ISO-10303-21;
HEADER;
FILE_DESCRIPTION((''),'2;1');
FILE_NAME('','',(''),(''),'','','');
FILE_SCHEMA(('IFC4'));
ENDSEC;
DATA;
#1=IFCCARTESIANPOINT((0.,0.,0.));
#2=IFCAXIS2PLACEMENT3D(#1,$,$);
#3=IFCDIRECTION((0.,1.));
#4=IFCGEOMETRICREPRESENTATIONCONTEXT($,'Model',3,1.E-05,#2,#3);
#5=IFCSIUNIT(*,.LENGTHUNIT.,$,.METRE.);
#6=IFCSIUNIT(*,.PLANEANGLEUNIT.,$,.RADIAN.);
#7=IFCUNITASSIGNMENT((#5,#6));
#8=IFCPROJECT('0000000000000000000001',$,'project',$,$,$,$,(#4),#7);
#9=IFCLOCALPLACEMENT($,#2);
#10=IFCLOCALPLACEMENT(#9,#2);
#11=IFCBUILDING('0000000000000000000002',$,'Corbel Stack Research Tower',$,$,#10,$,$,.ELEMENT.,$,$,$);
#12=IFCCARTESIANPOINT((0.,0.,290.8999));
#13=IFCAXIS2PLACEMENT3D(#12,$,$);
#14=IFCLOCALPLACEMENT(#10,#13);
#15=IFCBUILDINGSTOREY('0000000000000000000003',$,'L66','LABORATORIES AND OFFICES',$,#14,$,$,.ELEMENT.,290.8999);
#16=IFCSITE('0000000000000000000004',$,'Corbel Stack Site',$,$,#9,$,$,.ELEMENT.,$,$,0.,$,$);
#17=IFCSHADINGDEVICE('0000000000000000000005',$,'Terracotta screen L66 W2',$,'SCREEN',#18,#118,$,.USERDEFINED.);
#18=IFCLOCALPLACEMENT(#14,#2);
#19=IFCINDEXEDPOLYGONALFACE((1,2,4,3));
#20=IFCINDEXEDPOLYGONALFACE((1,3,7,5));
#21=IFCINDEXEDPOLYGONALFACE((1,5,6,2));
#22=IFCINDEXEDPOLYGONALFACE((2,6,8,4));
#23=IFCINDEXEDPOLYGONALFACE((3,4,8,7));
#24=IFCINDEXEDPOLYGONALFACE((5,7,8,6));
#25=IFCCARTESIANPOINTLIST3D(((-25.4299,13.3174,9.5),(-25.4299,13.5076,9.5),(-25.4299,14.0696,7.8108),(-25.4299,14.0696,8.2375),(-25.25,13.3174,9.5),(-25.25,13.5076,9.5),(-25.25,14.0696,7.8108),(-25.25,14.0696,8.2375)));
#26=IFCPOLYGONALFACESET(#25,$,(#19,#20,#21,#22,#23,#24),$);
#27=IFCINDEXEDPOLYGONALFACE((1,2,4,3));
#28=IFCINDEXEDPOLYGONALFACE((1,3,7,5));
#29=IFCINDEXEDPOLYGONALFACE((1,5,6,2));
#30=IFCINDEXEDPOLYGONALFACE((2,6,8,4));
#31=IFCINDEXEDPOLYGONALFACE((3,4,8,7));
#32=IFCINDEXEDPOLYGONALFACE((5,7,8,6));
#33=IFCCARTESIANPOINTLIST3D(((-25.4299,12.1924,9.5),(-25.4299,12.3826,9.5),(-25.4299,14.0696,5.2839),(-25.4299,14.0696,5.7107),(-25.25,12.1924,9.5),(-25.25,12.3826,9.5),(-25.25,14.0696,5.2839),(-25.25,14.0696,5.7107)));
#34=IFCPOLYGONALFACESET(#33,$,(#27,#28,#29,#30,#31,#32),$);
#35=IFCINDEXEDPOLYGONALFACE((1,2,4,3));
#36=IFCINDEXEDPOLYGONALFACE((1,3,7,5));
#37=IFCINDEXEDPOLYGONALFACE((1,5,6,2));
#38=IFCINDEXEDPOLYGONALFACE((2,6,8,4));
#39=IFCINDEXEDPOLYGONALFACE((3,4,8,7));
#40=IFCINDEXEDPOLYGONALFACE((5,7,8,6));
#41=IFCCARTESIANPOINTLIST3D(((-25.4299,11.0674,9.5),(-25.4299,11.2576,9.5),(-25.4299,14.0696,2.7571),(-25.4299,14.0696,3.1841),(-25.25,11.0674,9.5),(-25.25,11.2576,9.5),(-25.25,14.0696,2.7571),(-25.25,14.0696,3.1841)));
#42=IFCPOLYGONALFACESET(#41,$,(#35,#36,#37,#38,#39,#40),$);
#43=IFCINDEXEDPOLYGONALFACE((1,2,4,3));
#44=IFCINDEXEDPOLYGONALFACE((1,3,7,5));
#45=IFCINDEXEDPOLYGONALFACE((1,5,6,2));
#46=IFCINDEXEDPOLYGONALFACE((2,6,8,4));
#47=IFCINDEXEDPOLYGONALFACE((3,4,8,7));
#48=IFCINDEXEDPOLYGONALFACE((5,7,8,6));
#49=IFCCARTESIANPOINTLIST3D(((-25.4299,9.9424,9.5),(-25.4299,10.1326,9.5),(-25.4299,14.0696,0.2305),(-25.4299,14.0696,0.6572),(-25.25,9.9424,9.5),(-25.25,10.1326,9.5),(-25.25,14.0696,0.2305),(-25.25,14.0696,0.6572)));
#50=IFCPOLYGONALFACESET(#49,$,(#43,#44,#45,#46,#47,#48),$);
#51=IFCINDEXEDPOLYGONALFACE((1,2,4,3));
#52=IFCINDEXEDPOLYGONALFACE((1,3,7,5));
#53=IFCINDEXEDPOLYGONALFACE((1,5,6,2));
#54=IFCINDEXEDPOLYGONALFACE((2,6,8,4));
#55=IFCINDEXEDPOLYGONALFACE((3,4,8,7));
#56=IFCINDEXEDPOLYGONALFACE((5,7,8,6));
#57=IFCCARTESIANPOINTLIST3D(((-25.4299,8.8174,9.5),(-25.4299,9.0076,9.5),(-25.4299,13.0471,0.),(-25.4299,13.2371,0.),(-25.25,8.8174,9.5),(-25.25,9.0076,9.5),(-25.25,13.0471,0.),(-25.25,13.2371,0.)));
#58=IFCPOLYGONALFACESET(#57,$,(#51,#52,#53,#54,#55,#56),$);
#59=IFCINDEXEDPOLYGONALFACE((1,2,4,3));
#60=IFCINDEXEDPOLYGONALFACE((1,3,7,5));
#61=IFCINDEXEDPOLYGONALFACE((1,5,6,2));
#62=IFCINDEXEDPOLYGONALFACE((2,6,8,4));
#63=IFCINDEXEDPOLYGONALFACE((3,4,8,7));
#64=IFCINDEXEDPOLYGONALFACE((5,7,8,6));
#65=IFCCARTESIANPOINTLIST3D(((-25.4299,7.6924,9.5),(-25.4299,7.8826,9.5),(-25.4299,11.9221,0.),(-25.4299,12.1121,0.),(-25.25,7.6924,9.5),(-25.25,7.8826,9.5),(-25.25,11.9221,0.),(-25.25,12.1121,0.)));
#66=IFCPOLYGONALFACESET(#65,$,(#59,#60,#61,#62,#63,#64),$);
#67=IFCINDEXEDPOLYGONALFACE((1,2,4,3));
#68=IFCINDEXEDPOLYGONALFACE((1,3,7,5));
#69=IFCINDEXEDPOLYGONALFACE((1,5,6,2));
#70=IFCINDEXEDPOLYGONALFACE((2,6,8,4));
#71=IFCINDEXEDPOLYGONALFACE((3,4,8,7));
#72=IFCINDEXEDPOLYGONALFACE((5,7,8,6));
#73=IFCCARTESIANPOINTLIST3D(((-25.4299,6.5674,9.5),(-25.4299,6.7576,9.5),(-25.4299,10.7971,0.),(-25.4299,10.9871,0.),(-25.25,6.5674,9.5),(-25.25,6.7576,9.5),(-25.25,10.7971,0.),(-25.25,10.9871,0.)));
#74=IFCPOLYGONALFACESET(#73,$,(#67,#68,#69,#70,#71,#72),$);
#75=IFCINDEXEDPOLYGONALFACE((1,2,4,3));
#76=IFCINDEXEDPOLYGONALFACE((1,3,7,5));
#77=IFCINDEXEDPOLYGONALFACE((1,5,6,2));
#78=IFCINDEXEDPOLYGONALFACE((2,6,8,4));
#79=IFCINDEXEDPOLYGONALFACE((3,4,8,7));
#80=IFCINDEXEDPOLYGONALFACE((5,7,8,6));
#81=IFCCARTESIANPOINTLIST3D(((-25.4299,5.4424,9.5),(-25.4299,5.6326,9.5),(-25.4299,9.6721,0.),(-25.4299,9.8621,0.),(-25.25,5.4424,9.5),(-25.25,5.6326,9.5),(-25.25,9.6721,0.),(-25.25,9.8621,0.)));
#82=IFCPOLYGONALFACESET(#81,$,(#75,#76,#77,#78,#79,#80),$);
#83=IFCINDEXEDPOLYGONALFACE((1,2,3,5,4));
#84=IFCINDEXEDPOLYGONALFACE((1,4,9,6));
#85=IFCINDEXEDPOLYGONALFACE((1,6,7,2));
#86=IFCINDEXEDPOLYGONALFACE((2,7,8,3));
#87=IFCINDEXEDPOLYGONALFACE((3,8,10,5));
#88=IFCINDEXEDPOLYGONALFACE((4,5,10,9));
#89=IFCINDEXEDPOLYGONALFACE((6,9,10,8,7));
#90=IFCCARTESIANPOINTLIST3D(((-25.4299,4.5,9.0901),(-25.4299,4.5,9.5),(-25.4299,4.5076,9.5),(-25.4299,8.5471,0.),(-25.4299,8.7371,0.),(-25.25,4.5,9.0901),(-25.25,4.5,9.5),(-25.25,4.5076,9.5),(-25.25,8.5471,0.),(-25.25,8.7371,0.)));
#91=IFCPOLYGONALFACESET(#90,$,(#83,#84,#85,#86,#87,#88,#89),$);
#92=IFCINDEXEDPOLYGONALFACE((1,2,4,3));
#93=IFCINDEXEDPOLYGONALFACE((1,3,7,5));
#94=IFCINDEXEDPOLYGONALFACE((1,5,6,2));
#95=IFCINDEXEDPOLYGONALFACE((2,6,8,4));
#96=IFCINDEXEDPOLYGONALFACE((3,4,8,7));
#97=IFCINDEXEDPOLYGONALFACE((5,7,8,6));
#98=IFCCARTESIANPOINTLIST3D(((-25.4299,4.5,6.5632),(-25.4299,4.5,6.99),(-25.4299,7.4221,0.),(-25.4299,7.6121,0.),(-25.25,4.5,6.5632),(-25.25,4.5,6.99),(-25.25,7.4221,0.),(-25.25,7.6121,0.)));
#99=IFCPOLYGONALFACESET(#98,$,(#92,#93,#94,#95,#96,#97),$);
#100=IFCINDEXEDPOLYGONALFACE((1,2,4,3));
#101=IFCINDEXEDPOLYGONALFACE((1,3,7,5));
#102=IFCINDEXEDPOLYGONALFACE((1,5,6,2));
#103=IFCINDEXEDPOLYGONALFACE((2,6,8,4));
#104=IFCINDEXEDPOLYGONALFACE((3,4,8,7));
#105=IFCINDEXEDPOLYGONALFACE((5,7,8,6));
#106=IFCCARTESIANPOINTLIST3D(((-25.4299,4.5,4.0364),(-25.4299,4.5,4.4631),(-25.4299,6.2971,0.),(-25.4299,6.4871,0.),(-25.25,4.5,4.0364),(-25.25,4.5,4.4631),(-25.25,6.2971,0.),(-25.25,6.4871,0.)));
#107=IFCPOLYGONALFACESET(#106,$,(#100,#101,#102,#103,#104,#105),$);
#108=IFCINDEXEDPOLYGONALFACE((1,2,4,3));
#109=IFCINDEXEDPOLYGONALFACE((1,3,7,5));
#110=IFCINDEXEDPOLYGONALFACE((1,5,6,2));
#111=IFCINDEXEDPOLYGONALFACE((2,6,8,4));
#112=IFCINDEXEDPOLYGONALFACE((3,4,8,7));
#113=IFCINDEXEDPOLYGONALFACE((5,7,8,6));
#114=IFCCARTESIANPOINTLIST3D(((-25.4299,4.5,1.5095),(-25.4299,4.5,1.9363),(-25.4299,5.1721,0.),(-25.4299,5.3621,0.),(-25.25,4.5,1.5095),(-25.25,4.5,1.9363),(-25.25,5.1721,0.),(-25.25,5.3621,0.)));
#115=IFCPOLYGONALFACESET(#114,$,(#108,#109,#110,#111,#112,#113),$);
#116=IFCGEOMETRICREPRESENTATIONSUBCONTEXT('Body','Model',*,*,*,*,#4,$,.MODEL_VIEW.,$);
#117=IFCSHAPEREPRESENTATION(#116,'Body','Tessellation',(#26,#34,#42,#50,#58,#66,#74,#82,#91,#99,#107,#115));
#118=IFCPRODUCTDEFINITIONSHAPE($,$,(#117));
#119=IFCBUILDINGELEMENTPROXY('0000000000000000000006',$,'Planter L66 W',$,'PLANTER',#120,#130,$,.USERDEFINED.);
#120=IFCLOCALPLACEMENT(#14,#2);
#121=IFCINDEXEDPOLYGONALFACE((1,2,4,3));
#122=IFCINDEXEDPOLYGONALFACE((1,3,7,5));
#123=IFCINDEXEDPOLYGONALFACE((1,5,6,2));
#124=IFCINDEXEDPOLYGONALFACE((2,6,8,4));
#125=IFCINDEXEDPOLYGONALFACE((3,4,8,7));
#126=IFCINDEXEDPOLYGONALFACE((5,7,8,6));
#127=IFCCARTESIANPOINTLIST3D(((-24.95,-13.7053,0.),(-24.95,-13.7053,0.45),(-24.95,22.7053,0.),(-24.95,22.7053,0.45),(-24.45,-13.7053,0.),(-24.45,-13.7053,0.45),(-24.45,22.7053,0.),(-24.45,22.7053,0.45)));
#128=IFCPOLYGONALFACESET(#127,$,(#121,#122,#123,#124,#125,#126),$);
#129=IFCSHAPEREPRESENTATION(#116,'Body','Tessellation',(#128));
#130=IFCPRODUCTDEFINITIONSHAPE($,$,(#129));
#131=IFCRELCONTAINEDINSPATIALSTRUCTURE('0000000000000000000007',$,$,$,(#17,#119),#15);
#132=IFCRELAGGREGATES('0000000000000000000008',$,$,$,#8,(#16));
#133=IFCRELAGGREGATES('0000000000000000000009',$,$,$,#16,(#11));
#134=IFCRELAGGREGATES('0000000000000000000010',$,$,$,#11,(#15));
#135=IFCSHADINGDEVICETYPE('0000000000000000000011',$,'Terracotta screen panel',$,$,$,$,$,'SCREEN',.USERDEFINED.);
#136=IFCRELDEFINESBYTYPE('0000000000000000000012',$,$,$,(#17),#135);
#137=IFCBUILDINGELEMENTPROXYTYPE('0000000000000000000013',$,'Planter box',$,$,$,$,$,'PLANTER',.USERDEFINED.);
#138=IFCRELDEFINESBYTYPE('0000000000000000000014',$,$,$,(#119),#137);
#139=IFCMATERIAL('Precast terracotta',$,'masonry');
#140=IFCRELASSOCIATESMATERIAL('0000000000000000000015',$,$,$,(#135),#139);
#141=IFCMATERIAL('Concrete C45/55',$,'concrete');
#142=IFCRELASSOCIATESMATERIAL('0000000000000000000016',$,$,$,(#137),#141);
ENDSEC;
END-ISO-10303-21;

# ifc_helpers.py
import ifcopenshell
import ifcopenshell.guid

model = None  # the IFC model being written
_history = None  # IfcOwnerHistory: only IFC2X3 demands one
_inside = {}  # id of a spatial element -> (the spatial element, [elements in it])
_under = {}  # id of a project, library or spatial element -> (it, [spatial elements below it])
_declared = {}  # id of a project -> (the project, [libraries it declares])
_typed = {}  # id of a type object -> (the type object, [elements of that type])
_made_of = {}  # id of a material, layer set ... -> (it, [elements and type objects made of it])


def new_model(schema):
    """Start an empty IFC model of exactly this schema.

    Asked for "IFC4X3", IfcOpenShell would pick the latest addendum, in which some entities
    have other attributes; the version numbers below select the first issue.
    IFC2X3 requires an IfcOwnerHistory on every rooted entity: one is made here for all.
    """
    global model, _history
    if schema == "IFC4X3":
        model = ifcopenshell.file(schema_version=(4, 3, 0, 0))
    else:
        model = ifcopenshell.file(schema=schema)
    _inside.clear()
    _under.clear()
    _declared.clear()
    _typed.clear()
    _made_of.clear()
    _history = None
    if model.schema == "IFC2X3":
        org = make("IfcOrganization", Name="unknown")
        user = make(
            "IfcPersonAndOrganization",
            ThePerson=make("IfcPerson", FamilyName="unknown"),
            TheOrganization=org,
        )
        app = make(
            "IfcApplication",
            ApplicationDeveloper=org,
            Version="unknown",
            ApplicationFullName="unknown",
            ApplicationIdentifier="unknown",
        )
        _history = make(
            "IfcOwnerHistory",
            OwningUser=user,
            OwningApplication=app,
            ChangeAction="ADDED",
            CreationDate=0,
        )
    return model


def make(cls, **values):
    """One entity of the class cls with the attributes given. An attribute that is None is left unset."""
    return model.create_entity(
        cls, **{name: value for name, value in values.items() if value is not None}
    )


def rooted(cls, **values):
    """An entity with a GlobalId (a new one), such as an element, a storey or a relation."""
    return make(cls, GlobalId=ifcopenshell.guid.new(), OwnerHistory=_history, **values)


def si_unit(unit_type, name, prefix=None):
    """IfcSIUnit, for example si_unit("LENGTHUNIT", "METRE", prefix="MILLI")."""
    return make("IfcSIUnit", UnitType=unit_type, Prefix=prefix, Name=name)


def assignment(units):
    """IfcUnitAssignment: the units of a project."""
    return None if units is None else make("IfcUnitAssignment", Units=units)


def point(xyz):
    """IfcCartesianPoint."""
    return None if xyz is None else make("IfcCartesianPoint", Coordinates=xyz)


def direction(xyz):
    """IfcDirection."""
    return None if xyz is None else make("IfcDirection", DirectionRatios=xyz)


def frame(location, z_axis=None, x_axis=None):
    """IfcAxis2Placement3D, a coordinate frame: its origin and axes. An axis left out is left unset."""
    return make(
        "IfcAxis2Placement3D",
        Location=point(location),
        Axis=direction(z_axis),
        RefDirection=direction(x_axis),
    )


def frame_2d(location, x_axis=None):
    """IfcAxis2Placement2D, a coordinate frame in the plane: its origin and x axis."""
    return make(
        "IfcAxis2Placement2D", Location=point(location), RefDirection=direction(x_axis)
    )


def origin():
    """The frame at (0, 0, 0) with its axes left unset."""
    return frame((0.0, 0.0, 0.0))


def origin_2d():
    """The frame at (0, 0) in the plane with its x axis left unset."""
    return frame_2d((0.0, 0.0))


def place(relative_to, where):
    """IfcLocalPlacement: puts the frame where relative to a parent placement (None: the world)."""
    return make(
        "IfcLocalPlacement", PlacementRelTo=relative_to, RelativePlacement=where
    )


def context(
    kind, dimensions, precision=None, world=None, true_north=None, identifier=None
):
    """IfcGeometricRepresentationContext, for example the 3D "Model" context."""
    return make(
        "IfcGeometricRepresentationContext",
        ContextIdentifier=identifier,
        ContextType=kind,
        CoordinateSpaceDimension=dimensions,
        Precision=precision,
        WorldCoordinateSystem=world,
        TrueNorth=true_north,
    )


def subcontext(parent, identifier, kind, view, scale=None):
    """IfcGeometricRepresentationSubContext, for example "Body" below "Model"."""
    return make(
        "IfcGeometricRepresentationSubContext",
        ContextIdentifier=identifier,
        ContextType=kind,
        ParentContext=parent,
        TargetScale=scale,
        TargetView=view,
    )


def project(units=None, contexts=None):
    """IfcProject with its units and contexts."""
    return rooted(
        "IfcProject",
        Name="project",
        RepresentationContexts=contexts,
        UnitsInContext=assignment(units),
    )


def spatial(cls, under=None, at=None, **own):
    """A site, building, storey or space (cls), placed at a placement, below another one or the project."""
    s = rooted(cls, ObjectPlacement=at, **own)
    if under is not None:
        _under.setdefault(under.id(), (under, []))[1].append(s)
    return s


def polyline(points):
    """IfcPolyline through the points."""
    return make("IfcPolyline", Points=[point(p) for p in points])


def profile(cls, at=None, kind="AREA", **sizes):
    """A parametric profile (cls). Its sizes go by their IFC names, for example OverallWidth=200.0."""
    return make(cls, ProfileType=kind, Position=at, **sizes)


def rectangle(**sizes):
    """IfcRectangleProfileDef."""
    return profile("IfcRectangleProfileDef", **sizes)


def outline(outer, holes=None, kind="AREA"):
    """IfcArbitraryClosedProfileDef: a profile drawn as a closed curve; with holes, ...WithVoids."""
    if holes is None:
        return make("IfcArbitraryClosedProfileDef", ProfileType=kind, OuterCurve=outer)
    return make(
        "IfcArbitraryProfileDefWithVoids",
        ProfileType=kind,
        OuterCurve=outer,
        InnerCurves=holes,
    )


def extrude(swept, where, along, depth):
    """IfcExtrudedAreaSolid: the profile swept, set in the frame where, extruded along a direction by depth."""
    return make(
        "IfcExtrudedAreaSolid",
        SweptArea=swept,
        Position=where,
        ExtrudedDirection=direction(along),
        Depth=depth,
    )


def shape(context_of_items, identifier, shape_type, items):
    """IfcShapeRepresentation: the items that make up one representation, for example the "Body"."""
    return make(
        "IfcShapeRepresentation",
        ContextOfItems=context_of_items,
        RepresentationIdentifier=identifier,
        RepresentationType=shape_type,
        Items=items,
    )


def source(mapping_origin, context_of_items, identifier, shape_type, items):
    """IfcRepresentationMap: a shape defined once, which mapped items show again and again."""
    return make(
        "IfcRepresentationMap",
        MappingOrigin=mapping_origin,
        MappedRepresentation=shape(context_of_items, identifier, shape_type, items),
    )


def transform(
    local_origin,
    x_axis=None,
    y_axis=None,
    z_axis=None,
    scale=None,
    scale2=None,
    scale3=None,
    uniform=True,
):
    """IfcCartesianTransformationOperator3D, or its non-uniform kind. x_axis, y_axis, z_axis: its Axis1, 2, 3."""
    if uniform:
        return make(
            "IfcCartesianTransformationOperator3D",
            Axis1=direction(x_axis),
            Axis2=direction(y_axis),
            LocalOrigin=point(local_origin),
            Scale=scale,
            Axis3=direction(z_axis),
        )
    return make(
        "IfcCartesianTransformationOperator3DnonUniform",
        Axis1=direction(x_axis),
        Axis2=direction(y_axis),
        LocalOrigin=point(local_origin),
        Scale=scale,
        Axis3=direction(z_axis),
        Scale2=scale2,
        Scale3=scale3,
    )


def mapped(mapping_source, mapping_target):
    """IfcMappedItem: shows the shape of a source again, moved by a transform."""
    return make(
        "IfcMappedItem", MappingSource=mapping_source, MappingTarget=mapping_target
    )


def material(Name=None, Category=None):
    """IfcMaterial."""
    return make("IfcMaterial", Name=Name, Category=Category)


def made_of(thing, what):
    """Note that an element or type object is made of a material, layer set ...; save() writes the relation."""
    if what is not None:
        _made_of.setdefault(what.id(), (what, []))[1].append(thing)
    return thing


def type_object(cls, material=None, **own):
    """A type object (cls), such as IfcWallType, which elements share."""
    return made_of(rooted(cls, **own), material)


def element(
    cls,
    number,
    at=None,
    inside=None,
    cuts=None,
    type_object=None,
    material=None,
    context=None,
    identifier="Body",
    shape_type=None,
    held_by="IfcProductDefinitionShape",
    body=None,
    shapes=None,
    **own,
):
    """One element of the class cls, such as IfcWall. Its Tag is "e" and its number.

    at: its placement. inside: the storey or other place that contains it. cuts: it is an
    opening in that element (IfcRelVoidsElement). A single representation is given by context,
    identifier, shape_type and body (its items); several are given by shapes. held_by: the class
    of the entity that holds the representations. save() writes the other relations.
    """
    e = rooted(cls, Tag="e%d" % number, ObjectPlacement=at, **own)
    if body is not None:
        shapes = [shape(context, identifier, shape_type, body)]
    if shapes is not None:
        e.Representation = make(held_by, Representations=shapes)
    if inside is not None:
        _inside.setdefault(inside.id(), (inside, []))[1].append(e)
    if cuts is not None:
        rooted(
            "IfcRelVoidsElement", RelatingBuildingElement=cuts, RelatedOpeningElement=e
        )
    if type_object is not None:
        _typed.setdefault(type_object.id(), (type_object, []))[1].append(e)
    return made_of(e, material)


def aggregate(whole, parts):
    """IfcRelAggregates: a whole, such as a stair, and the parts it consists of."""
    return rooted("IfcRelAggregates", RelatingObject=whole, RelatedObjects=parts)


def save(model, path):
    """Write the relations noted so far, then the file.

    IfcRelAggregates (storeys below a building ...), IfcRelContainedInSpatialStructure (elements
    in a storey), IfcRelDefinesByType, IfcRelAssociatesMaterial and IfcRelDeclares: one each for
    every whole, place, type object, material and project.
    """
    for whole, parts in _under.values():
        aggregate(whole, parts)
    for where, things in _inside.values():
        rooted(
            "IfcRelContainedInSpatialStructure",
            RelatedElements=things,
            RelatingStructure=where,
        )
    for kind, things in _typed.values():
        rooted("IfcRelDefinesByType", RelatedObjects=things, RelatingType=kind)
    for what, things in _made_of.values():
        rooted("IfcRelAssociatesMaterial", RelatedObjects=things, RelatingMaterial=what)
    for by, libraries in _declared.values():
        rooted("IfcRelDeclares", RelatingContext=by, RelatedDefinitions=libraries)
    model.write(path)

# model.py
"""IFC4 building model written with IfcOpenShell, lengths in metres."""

from ifc_helpers import new_model, si_unit, direction, frame, origin, origin_2d, place, context, subcontext, project, spatial, polyline, rectangle, outline, extrude, source, transform, mapped, material, type_object, element, save


model = new_model("IFC4")

# Units and contexts
model_context = context("Model", 3, precision=1e-05, world=origin(), true_north=direction((0.0, 1.0)))
body_context = subcontext(model_context, "Body", "Model", "MODEL_VIEW")
ifc_project = project(units=[si_unit("LENGTHUNIT", "METRE"), si_unit("PLANEANGLEUNIT", "RADIAN")], contexts=[model_context])

# Site, building, storey
site_placement = place(None, origin())
site = spatial("IfcSite", under=ifc_project, at=site_placement, Name="Corbel Stack Site", CompositionType="ELEMENT", RefElevation=0.0)
building_placement = place(site_placement, origin())
building = spatial("IfcBuilding", under=site, at=building_placement, Name="Corbel Stack Research Tower", CompositionType="ELEMENT")
storey_placement = place(building_placement, frame((0.0, 0.0, 290.8999)))
storey = spatial("IfcBuildingStorey", under=building, at=storey_placement, Name="L66", Description="LABORATORIES AND OFFICES", CompositionType="ELEMENT", Elevation=290.8999)

# Shading device
ifc_material_1 = material(Name="Precast terracotta", Category="masonry")
shading_device_type = type_object("IfcShadingDeviceType", Name="Terracotta screen panel", ElementType="SCREEN", PredefinedType="USERDEFINED", material=ifc_material_1)
shared_shape_1 = source(origin(), body_context, "Body", "SweptSolid", [
    extrude(outline(polyline([(0.7522, 9.5), (0.562, 9.5), (0.0, 8.2375), (0.0, 7.8108), (0.7522, 9.5)])), frame((0.0, 0.0, 0.0), z_axis=(0.0, -1.0, 0.0), x_axis=(1.0, 0.0, 0.0)), (0.0, 0.0, 1.0), 0.1799),
    extrude(outline(polyline([(1.8772, 9.5), (1.687, 9.5), (0.0, 5.7107), (0.0, 5.2839), (1.8772, 9.5)])), frame((0.0, 0.0, 0.0), z_axis=(0.0, -1.0, 0.0), x_axis=(1.0, 0.0, 0.0)), (0.0, 0.0, 1.0), 0.1799),
    extrude(outline(polyline([(3.0022, 9.5), (2.812, 9.5), (0.0, 3.1841), (0.0, 2.7571), (3.0022, 9.5)])), frame((0.0, 0.0, 0.0), z_axis=(0.0, -1.0, 0.0), x_axis=(1.0, 0.0, 0.0)), (0.0, 0.0, 1.0), 0.1799),
    extrude(outline(polyline([(4.1272, 9.5), (3.937, 9.5), (0.0, 0.6572), (0.0, 0.2305), (4.1272, 9.5)])), frame((0.0, 0.0, 0.0), z_axis=(0.0, -1.0, 0.0), x_axis=(1.0, 0.0, 0.0)), (0.0, 0.0, 1.0), 0.1799),
    extrude(outline(polyline([(1.0225, 0.0), (5.2522, 9.5), (5.062, 9.5), (0.8325, 0.0), (1.0225, 0.0)])), frame((0.0, 0.0, 0.0), z_axis=(0.0, -1.0, 0.0), x_axis=(1.0, 0.0, 0.0)), (0.0, 0.0, 1.0), 0.1799),
    extrude(outline(polyline([(2.1475, 0.0), (6.3772, 9.5), (6.187, 9.5), (1.9575, 0.0), (2.1475, 0.0)])), frame((0.0, 0.0, 0.0), z_axis=(0.0, -1.0, 0.0), x_axis=(1.0, 0.0, 0.0)), (0.0, 0.0, 1.0), 0.1799),
    extrude(outline(polyline([(3.2725, 0.0), (7.5022, 9.5), (7.312, 9.5), (3.0825, 0.0), (3.2725, 0.0)])), frame((0.0, 0.0, 0.0), z_axis=(0.0, -1.0, 0.0), x_axis=(1.0, 0.0, 0.0)), (0.0, 0.0, 1.0), 0.1799),
    extrude(outline(polyline([(4.3975, 0.0), (8.6272, 9.5), (8.437, 9.5), (4.2075, 0.0), (4.3975, 0.0)])), frame((0.0, 0.0, 0.0), z_axis=(0.0, -1.0, 0.0), x_axis=(1.0, 0.0, 0.0)), (0.0, 0.0, 1.0), 0.1799),
    extrude(outline(polyline([(5.5225, 0.0), (9.5696, 9.0901), (9.5696, 9.5), (9.562, 9.5), (5.3325, 0.0), (5.5225, 0.0)])), frame((0.0, 0.0, 0.0), z_axis=(0.0, -1.0, 0.0), x_axis=(1.0, 0.0, 0.0)), (0.0, 0.0, 1.0), 0.1799),
    extrude(outline(polyline([(6.6475, 0.0), (9.5696, 6.5632), (9.5696, 6.99), (6.4575, 0.0), (6.6475, 0.0)])), frame((0.0, 0.0, 0.0), z_axis=(0.0, -1.0, 0.0), x_axis=(1.0, 0.0, 0.0)), (0.0, 0.0, 1.0), 0.1799),
    extrude(outline(polyline([(7.7725, 0.0), (9.5696, 4.0364), (9.5696, 4.4631), (7.5825, 0.0), (7.7725, 0.0)])), frame((0.0, 0.0, 0.0), z_axis=(0.0, -1.0, 0.0), x_axis=(1.0, 0.0, 0.0)), (0.0, 0.0, 1.0), 0.1799),
    extrude(outline(polyline([(8.8975, 0.0), (9.5696, 1.5095), (9.5696, 1.9363), (8.7075, 0.0), (8.8975, 0.0)])), frame((0.0, 0.0, 0.0), z_axis=(0.0, -1.0, 0.0), x_axis=(1.0, 0.0, 0.0)), (0.0, 0.0, 1.0), 0.1799),
])
shading_device_1_placement = place(storey_placement, frame((-25.25, 14.0696, 0.0), z_axis=(0.0, 0.0, 1.0), x_axis=(0.0, -1.0, 0.0)))
element("IfcShadingDevice", 1, at=shading_device_1_placement, inside=storey, type_object=shading_device_type, Name="Terracotta screen L66 W2", ObjectType="SCREEN", PredefinedType="USERDEFINED", context=body_context, shape_type="MappedRepresentation", body=[
    mapped(shared_shape_1, transform((0.0, 0.0, 0.0))),
])

# Building element proxy
ifc_material_2 = material(Name="Concrete C45/55", Category="concrete")
building_element_proxy_type = type_object("IfcBuildingElementProxyType", Name="Planter box", ElementType="PLANTER", PredefinedType="USERDEFINED", material=ifc_material_2)
proxy_placement = place(storey_placement, frame((-24.7, 4.5, 0.0), z_axis=(0.0, 0.0, 1.0), x_axis=(0.0, -1.0, 0.0)))
element("IfcBuildingElementProxy", 2, at=proxy_placement, inside=storey, type_object=building_element_proxy_type, Name="Planter L66 W", ObjectType="PLANTER", PredefinedType="USERDEFINED", context=body_context, shape_type="SweptSolid", body=[
    extrude(rectangle(XDim=36.4106, YDim=0.5, at=origin_2d()), origin(), (0.0, 0.0, 1.0), 0.45),
])

save(model, "model.ifc")
